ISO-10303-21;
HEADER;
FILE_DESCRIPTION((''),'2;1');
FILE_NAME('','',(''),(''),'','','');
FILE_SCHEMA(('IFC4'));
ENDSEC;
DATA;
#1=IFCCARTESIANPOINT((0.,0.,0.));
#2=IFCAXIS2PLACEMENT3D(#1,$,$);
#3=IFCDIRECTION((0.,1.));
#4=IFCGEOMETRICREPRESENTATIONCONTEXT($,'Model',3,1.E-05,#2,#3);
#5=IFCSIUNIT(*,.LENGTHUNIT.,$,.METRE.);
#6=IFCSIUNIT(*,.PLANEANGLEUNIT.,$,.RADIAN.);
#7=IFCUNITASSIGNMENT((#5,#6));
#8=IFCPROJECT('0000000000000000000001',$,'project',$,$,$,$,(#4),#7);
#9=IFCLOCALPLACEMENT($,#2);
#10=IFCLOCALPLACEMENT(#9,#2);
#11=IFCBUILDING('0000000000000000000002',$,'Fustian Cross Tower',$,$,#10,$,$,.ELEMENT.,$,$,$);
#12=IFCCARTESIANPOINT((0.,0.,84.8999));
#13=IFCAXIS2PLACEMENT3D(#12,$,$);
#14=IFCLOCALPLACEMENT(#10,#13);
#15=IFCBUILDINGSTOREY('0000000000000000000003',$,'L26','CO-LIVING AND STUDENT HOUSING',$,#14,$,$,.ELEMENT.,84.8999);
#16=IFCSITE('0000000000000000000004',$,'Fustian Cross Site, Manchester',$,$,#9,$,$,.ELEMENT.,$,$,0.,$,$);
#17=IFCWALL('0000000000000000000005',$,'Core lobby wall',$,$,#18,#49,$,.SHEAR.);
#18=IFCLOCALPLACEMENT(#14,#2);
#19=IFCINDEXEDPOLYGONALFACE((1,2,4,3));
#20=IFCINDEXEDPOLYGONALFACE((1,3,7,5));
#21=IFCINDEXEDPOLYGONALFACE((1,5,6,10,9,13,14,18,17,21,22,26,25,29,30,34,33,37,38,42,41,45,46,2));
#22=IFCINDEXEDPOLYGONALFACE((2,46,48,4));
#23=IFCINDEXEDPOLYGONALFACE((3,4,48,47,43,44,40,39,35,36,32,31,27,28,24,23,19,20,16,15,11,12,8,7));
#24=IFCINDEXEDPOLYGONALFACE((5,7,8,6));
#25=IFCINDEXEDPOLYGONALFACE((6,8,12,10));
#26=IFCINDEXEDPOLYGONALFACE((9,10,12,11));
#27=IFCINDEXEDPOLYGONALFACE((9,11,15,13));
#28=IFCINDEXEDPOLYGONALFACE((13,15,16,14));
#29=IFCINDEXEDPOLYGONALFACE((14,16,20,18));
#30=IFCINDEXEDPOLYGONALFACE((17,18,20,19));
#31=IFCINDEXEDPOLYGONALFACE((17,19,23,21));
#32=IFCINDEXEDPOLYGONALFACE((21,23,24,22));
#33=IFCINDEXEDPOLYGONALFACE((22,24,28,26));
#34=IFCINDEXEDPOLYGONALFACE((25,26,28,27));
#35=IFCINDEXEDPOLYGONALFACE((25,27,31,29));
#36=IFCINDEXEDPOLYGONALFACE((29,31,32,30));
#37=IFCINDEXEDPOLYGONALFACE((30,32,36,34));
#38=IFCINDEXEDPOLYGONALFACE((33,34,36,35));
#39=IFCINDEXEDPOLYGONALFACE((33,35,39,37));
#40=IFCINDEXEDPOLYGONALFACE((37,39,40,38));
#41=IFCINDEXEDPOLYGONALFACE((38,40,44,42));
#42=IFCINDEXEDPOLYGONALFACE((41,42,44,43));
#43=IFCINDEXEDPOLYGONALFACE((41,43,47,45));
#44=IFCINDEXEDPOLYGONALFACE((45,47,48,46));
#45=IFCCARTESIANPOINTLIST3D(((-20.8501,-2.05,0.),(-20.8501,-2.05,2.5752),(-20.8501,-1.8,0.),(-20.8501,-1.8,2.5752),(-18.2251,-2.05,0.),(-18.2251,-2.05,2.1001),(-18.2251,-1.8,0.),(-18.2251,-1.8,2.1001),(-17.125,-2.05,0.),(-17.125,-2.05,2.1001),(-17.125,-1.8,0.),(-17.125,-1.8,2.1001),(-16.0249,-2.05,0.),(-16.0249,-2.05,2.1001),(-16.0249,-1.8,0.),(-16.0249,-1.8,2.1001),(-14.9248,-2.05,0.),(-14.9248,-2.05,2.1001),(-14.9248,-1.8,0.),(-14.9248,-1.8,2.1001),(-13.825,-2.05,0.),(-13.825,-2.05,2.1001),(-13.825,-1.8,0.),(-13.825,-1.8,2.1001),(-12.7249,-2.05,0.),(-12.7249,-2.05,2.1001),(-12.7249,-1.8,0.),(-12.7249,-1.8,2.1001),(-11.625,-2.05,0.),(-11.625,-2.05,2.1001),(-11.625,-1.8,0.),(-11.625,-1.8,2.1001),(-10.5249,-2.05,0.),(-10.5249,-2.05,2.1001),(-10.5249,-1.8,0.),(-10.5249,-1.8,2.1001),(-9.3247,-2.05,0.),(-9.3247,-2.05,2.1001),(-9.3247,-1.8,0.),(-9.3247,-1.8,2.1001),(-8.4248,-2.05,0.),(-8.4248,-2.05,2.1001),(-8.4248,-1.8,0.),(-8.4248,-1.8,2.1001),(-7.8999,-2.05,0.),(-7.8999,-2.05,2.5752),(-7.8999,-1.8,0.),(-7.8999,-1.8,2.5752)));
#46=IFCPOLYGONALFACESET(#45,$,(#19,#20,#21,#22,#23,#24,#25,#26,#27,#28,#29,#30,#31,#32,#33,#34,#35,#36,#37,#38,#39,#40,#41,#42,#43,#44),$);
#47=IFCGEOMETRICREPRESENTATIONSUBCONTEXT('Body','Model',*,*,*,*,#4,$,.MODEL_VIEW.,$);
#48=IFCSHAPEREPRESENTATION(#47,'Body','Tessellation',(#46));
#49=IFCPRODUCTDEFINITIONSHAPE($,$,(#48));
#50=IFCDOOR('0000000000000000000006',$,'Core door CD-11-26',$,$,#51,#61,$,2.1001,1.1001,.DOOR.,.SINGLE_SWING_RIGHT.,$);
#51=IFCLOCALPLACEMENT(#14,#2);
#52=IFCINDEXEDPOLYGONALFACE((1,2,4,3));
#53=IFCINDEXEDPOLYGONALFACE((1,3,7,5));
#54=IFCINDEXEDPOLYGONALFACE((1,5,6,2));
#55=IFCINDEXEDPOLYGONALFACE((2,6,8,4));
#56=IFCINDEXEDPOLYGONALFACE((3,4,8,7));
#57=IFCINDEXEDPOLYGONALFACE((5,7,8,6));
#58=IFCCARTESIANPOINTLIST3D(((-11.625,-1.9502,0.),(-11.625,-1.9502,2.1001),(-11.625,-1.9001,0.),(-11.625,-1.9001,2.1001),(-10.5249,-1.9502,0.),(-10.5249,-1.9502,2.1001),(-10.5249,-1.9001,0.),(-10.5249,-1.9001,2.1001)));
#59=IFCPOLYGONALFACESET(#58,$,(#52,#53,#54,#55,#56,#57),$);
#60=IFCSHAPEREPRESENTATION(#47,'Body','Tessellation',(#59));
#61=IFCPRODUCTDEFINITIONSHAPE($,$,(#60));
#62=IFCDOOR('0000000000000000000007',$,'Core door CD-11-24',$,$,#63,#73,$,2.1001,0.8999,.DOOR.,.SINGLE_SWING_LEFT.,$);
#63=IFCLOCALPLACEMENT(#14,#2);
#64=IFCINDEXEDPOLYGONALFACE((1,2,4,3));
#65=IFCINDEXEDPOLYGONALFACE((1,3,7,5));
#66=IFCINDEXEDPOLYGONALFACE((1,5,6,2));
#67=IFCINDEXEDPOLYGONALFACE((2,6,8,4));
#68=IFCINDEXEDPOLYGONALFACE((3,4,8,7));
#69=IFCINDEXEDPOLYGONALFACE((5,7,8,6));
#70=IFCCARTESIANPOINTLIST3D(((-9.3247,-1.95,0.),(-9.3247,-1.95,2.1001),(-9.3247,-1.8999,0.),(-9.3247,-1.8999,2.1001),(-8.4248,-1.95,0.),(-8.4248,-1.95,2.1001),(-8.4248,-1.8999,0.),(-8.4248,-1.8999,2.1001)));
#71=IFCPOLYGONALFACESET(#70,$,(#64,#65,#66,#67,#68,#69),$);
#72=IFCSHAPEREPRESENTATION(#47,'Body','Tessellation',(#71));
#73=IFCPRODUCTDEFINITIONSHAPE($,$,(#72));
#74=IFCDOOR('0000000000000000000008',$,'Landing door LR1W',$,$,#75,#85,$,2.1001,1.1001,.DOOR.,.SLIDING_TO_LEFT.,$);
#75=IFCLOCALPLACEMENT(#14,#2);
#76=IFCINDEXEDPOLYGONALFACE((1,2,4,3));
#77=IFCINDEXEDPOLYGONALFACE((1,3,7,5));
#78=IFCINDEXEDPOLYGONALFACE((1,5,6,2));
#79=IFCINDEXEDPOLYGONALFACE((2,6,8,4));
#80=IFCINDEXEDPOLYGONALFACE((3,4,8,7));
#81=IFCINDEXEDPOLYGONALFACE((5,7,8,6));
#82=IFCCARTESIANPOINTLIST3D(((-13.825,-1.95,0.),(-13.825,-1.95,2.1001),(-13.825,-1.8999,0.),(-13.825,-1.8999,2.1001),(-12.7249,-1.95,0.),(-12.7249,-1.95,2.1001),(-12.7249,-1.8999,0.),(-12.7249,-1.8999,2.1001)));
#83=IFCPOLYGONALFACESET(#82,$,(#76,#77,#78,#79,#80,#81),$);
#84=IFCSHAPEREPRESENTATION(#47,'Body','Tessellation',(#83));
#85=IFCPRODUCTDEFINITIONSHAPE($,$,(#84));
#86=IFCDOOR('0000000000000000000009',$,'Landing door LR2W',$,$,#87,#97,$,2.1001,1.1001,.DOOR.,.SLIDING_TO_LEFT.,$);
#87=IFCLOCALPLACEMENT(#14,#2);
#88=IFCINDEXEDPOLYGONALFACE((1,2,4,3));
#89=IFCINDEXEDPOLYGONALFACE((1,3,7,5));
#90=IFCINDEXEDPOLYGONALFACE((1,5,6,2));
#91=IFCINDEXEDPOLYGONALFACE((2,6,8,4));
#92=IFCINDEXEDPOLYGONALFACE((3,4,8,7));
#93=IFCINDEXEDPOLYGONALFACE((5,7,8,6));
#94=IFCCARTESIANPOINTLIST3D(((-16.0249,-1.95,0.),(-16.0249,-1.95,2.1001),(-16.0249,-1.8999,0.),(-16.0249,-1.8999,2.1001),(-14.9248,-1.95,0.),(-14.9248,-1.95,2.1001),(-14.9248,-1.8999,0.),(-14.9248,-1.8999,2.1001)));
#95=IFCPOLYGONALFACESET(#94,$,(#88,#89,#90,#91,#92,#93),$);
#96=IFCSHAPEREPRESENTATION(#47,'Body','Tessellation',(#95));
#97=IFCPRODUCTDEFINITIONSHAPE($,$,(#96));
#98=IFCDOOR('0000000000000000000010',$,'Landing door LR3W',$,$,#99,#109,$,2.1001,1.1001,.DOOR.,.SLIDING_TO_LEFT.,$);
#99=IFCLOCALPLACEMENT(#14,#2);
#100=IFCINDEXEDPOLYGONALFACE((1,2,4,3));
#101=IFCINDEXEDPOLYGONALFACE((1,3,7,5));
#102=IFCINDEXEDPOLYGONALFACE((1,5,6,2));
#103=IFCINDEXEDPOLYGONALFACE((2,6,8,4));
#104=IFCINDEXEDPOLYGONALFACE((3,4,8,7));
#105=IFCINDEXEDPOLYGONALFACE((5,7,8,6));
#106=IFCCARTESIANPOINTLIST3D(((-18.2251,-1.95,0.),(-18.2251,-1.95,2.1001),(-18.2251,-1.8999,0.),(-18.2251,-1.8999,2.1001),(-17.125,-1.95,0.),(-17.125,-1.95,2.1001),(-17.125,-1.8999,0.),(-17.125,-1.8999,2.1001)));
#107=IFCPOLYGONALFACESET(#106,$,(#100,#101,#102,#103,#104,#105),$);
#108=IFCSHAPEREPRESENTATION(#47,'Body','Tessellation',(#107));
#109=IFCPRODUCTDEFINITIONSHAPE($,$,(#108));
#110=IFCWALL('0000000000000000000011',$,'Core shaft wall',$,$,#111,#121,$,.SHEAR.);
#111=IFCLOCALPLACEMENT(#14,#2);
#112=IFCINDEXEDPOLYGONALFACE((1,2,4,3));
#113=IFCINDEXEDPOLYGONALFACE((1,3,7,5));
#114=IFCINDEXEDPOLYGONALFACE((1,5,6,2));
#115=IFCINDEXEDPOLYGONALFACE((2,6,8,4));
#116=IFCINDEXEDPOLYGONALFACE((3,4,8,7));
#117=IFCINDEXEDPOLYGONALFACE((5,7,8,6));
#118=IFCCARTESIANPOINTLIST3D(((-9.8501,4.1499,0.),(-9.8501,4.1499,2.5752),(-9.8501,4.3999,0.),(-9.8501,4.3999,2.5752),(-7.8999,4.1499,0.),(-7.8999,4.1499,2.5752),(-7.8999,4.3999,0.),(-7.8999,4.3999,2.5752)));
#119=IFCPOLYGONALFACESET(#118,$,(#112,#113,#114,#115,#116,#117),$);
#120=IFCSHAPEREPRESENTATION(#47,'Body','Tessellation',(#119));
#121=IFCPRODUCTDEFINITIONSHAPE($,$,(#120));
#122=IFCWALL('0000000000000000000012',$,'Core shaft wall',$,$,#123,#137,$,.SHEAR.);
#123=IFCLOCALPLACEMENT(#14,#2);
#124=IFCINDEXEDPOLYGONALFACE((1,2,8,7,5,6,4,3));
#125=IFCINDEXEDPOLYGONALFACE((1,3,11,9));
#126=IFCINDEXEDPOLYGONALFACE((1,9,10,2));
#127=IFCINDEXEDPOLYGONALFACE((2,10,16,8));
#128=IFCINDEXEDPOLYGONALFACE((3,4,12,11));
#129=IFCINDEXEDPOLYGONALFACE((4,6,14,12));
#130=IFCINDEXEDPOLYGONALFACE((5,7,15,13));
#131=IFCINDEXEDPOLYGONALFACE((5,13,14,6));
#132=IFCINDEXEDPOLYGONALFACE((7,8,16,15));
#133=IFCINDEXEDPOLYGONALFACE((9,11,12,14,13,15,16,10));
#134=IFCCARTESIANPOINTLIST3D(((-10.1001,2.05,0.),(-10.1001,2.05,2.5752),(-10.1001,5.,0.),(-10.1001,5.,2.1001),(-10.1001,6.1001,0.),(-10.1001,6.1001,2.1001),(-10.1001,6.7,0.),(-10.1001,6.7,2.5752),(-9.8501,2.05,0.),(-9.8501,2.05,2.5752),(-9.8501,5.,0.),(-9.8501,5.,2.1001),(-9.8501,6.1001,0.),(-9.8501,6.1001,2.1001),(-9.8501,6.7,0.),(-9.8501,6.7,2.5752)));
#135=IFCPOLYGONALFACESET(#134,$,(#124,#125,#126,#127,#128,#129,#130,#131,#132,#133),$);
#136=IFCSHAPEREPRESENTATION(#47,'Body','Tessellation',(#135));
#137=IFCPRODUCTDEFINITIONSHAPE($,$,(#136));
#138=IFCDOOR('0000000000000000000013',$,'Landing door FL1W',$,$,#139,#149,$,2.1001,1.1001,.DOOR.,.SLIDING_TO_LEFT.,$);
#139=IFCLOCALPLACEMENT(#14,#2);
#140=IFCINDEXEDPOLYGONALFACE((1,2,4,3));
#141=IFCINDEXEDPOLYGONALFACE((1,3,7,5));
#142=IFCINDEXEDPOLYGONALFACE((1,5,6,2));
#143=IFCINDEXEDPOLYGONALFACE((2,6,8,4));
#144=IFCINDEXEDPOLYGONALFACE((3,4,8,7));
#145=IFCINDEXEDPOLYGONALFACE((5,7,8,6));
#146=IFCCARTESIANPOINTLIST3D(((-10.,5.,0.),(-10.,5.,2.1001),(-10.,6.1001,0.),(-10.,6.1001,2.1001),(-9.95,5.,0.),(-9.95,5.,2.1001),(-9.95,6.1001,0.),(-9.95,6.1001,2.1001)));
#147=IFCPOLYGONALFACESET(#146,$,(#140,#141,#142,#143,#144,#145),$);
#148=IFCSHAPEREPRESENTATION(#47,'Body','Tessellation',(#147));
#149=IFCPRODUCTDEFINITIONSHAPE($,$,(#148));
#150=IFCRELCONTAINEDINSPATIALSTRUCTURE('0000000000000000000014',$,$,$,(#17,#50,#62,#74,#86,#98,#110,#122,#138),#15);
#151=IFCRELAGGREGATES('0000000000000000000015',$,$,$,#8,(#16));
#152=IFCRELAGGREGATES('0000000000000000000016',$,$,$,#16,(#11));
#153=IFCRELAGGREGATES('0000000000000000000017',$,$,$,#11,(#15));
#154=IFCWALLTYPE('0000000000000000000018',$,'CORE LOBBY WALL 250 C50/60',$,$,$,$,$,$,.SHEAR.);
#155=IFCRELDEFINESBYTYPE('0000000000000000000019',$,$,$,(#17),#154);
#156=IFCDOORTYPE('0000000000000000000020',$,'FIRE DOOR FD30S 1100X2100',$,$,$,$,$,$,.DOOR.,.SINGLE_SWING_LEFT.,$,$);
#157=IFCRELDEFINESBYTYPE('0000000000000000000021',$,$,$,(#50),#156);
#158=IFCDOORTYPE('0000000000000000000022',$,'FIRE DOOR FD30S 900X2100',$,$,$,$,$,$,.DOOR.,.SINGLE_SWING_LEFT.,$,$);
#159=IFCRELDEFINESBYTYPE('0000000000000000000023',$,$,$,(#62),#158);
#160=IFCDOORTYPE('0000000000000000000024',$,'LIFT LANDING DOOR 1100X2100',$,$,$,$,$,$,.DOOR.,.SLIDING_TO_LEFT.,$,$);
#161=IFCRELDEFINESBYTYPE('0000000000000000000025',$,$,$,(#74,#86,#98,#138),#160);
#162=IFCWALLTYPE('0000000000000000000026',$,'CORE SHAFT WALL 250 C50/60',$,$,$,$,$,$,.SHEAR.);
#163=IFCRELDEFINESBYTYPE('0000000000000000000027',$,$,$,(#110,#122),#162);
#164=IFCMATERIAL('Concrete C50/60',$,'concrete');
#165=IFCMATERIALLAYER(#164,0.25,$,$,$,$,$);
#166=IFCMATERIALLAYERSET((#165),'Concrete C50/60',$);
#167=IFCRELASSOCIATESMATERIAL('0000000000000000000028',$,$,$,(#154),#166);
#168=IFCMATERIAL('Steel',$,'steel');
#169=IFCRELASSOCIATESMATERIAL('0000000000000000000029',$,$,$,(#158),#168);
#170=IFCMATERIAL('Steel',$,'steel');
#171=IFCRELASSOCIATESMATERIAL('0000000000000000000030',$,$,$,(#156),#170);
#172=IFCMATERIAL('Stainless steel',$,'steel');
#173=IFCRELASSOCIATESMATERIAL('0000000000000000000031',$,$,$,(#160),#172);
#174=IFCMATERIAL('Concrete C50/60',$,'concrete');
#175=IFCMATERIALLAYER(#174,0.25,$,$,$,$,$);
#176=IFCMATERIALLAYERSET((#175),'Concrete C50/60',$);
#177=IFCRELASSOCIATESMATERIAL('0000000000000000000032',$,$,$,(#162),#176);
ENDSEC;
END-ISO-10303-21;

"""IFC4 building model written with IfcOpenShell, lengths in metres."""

from ifc_helpers import new_model, si_unit, direction, frame, frame_2d, origin, place, context, subcontext, project, spatial, rectangle, extrude, material, layer, layer_set, type_object, element, fill, save


model = new_model("IFC4")

# Units and contexts
model_context = context("Model", 3, precision=1e-05, world=origin(), true_north=direction((0.0, 1.0)))
body_context = subcontext(model_context, "Body", "Model", "MODEL_VIEW")
ifc_project = project(units=[si_unit("LENGTHUNIT", "METRE"), si_unit("PLANEANGLEUNIT", "RADIAN")], contexts=[model_context])

# Site, building, storey
site_placement = place(None, origin())
site = spatial("IfcSite", under=ifc_project, at=site_placement, Name="Fustian Cross Site, Manchester", CompositionType="ELEMENT", RefElevation=0.0)
building_placement = place(site_placement, origin())
building = spatial("IfcBuilding", under=site, at=building_placement, Name="Fustian Cross Tower", CompositionType="ELEMENT")
storey_placement = place(building_placement, frame((0.0, 0.0, 84.8999)))
storey = spatial("IfcBuildingStorey", under=building, at=storey_placement, Name="L26", Description="CO-LIVING AND STUDENT HOUSING", CompositionType="ELEMENT", Elevation=84.8999)

# Wall, openings, doors
ifc_material_1 = material(Name="Concrete C50/60", Category="concrete")
ifc_layer_1 = layer(ifc_material_1, 0.25)
ifc_layer_set_1 = layer_set([ifc_layer_1], Name="Concrete C50/60")
wall_type_1 = type_object("IfcWallType", Name="CORE LOBBY WALL 250 C50/60", PredefinedType="SHEAR", material=ifc_layer_set_1)
ifc_material_2 = material(Name="Steel", Category="steel")
door_type_1 = type_object("IfcDoorType", Name="FIRE DOOR FD30S 900X2100", OperationType="SINGLE_SWING_LEFT", PredefinedType="DOOR", material=ifc_material_2)
wall_1_placement = place(storey_placement, frame((-7.8999, -1.925, 0.0), z_axis=(0.0, 0.0, 1.0), x_axis=(-1.0, 0.0, 0.0)))
wall_1 = element("IfcWall", 1, at=wall_1_placement, inside=storey, type_object=wall_type_1, Name="Core lobby wall", PredefinedType="SHEAR", context=body_context, shape_type="SweptSolid", body=[
    extrude(rectangle(XDim=12.9502, YDim=0.25, at=frame_2d((6.4751, 0.0))), origin(), (0.0, 0.0, 1.0), 2.5752),
])
opening_1_placement = place(wall_1_placement, frame((4.825, 0.0, 0.0)))
opening_1 = element("IfcOpeningElement", 2, at=opening_1_placement, cuts=wall_1, PredefinedType="OPENING", context=body_context, shape_type="SweptSolid", body=[
    extrude(rectangle(XDim=1.1001, YDim=2.1001, at=frame_2d((0.55, 1.05))), frame((0.0, 0.135, 0.0), z_axis=(0.0, -1.0, 0.0), x_axis=(1.0, 0.0, 0.0)), (0.0, 0.0, 1.0), 0.27),
])
opening_2_placement = place(wall_1_placement, frame((7.0249, 0.0, 0.0)))
opening_2 = element("IfcOpeningElement", 3, at=opening_2_placement, cuts=wall_1, PredefinedType="OPENING", context=body_context, shape_type="SweptSolid", body=[
    extrude(rectangle(XDim=1.1001, YDim=2.1001, at=frame_2d((0.55, 1.05))), frame((0.0, 0.135, 0.0), z_axis=(0.0, -1.0, 0.0), x_axis=(1.0, 0.0, 0.0)), (0.0, 0.0, 1.0), 0.27),
])
opening_3_placement = place(wall_1_placement, frame((9.2251, 0.0, 0.0)))
opening_3 = element("IfcOpeningElement", 4, at=opening_3_placement, cuts=wall_1, PredefinedType="OPENING", context=body_context, shape_type="SweptSolid", body=[
    extrude(rectangle(XDim=1.1001, YDim=2.1001, at=frame_2d((0.55, 1.05))), frame((0.0, 0.135, 0.0), z_axis=(0.0, -1.0, 0.0), x_axis=(1.0, 0.0, 0.0)), (0.0, 0.0, 1.0), 0.27),
])
opening_4_placement = place(wall_1_placement, frame((0.5249, 0.0, 0.0)))
opening_4 = element("IfcOpeningElement", 5, at=opening_4_placement, cuts=wall_1, PredefinedType="OPENING", context=body_context, shape_type="SweptSolid", body=[
    extrude(rectangle(XDim=0.8999, YDim=2.1001, at=frame_2d((0.45, 1.05))), frame((0.0, 0.135, 0.0), z_axis=(0.0, -1.0, 0.0), x_axis=(1.0, 0.0, 0.0)), (0.0, 0.0, 1.0), 0.27),
])
opening_5_placement = place(wall_1_placement, frame((2.625, 0.0, 0.0)))
opening_5 = element("IfcOpeningElement", 6, at=opening_5_placement, cuts=wall_1, PredefinedType="OPENING", context=body_context, shape_type="SweptSolid", body=[
    extrude(rectangle(XDim=1.1001, YDim=2.1001, at=frame_2d((0.55, 1.05))), frame((0.0, 0.135, 0.0), z_axis=(0.0, -1.0, 0.0), x_axis=(1.0, 0.0, 0.0)), (0.0, 0.0, 1.0), 0.27),
])
ifc_material_3 = material(Name="Steel", Category="steel")
door_type_2 = type_object("IfcDoorType", Name="FIRE DOOR FD30S 1100X2100", OperationType="SINGLE_SWING_LEFT", PredefinedType="DOOR", material=ifc_material_3)
door_1_placement = place(opening_5_placement, frame((1.1001, 0.0, 0.0), z_axis=(0.0, 0.0, 1.0), x_axis=(-1.0, 0.0, 0.0)))
door_1 = element("IfcDoor", 7, at=door_1_placement, inside=storey, type_object=door_type_2, Name="Core door CD-11-26", OperationType="SINGLE_SWING_RIGHT", OverallHeight=2.1001, OverallWidth=1.1001, PredefinedType="DOOR", context=body_context, shape_type="SweptSolid", body=[
    extrude(rectangle(XDim=1.1001, YDim=2.1001, at=frame_2d((0.55, 1.05))), frame((0.0, 0.0249, 0.0), z_axis=(0.0, -1.0, 0.0), x_axis=(1.0, 0.0, 0.0)), (0.0, 0.0, 1.0), 0.05),
])
fill(opening_5, door_1)
door_2_placement = place(opening_4_placement, origin())
door_2 = element("IfcDoor", 8, at=door_2_placement, inside=storey, type_object=door_type_1, Name="Core door CD-11-24", OperationType="SINGLE_SWING_LEFT", OverallHeight=2.1001, OverallWidth=0.8999, PredefinedType="DOOR", context=body_context, shape_type="SweptSolid", body=[
    extrude(rectangle(XDim=0.8999, YDim=2.1001, at=frame_2d((0.45, 1.05))), frame((0.0, 0.0249, 0.0), z_axis=(0.0, -1.0, 0.0), x_axis=(1.0, 0.0, 0.0)), (0.0, 0.0, 1.0), 0.05),
])
fill(opening_4, door_2)
ifc_material_4 = material(Name="Stainless steel", Category="steel")
door_type_3 = type_object("IfcDoorType", Name="LIFT LANDING DOOR 1100X2100", OperationType="SLIDING_TO_LEFT", PredefinedType="DOOR", material=ifc_material_4)
door_3_placement = place(opening_1_placement, origin())
door_3 = element("IfcDoor", 9, at=door_3_placement, inside=storey, type_object=door_type_3, Name="Landing door LR1W", OperationType="SLIDING_TO_LEFT", OverallHeight=2.1001, OverallWidth=1.1001, PredefinedType="DOOR", context=body_context, shape_type="SweptSolid", body=[
    extrude(rectangle(XDim=1.1001, YDim=2.1001, at=frame_2d((0.55, 1.05))), frame((0.0, 0.0249, 0.0), z_axis=(0.0, -1.0, 0.0), x_axis=(1.0, 0.0, 0.0)), (0.0, 0.0, 1.0), 0.05),
])
fill(opening_1, door_3)
door_4_placement = place(opening_2_placement, origin())
door_4 = element("IfcDoor", 10, at=door_4_placement, inside=storey, type_object=door_type_3, Name="Landing door LR2W", OperationType="SLIDING_TO_LEFT", OverallHeight=2.1001, OverallWidth=1.1001, PredefinedType="DOOR", context=body_context, shape_type="SweptSolid", body=[
    extrude(rectangle(XDim=1.1001, YDim=2.1001, at=frame_2d((0.55, 1.05))), frame((0.0, 0.0249, 0.0), z_axis=(0.0, -1.0, 0.0), x_axis=(1.0, 0.0, 0.0)), (0.0, 0.0, 1.0), 0.05),
])
fill(opening_2, door_4)
door_5_placement = place(opening_3_placement, origin())
door_5 = element("IfcDoor", 11, at=door_5_placement, inside=storey, type_object=door_type_3, Name="Landing door LR3W", OperationType="SLIDING_TO_LEFT", OverallHeight=2.1001, OverallWidth=1.1001, PredefinedType="DOOR", context=body_context, shape_type="SweptSolid", body=[
    extrude(rectangle(XDim=1.1001, YDim=2.1001, at=frame_2d((0.55, 1.05))), frame((0.0, 0.0249, 0.0), z_axis=(0.0, -1.0, 0.0), x_axis=(1.0, 0.0, 0.0)), (0.0, 0.0, 1.0), 0.05),
])
fill(opening_3, door_5)

# Wall
ifc_material_5 = material(Name="Concrete C50/60", Category="concrete")
ifc_layer_2 = layer(ifc_material_5, 0.25)
ifc_layer_set_2 = layer_set([ifc_layer_2], Name="Concrete C50/60")
wall_type_2 = type_object("IfcWallType", Name="CORE SHAFT WALL 250 C50/60", PredefinedType="SHEAR", material=ifc_layer_set_2)
wall_2_placement = place(storey_placement, frame((-7.8999, 4.2749, 0.0), z_axis=(0.0, 0.0, 1.0), x_axis=(-1.0, 0.0, 0.0)))
element("IfcWall", 12, at=wall_2_placement, inside=storey, type_object=wall_type_2, Name="Core shaft wall", PredefinedType="SHEAR", context=body_context, shape_type="SweptSolid", body=[
    extrude(rectangle(XDim=1.9502, YDim=0.25, at=frame_2d((0.9751, 0.0))), origin(), (0.0, 0.0, 1.0), 2.5752),
])

# Wall, opening, door
wall_3_placement = place(storey_placement, frame((-9.9751, 2.05, 0.0), z_axis=(0.0, 0.0, 1.0), x_axis=(0.0, 1.0, 0.0)))
wall_3 = element("IfcWall", 13, at=wall_3_placement, inside=storey, type_object=wall_type_2, Name="Core shaft wall", PredefinedType="SHEAR", context=body_context, shape_type="SweptSolid", body=[
    extrude(rectangle(XDim=4.6499, YDim=0.25, at=frame_2d((2.325, 0.0))), origin(), (0.0, 0.0, 1.0), 2.5752),
])
opening_6_placement = place(wall_3_placement, frame((2.95, 0.0, 0.0)))
opening_6 = element("IfcOpeningElement", 14, at=opening_6_placement, cuts=wall_3, PredefinedType="OPENING", context=body_context, shape_type="SweptSolid", body=[
    extrude(rectangle(XDim=1.1001, YDim=2.1001, at=frame_2d((0.55, 1.05))), frame((0.0, 0.135, 0.0), z_axis=(0.0, -1.0, 0.0), x_axis=(1.0, 0.0, 0.0)), (0.0, 0.0, 1.0), 0.27),
])
door_6_placement = place(opening_6_placement, origin())
door_6 = element("IfcDoor", 15, at=door_6_placement, inside=storey, type_object=door_type_3, Name="Landing door FL1W", OperationType="SLIDING_TO_LEFT", OverallHeight=2.1001, OverallWidth=1.1001, PredefinedType="DOOR", context=body_context, shape_type="SweptSolid", body=[
    extrude(rectangle(XDim=1.1001, YDim=2.1001, at=frame_2d((0.55, 1.05))), frame((0.0, 0.0249, 0.0), z_axis=(0.0, -1.0, 0.0), x_axis=(1.0, 0.0, 0.0)), (0.0, 0.0, 1.0), 0.05),
])
fill(opening_6, door_6)

save(model, "model.ifc")
